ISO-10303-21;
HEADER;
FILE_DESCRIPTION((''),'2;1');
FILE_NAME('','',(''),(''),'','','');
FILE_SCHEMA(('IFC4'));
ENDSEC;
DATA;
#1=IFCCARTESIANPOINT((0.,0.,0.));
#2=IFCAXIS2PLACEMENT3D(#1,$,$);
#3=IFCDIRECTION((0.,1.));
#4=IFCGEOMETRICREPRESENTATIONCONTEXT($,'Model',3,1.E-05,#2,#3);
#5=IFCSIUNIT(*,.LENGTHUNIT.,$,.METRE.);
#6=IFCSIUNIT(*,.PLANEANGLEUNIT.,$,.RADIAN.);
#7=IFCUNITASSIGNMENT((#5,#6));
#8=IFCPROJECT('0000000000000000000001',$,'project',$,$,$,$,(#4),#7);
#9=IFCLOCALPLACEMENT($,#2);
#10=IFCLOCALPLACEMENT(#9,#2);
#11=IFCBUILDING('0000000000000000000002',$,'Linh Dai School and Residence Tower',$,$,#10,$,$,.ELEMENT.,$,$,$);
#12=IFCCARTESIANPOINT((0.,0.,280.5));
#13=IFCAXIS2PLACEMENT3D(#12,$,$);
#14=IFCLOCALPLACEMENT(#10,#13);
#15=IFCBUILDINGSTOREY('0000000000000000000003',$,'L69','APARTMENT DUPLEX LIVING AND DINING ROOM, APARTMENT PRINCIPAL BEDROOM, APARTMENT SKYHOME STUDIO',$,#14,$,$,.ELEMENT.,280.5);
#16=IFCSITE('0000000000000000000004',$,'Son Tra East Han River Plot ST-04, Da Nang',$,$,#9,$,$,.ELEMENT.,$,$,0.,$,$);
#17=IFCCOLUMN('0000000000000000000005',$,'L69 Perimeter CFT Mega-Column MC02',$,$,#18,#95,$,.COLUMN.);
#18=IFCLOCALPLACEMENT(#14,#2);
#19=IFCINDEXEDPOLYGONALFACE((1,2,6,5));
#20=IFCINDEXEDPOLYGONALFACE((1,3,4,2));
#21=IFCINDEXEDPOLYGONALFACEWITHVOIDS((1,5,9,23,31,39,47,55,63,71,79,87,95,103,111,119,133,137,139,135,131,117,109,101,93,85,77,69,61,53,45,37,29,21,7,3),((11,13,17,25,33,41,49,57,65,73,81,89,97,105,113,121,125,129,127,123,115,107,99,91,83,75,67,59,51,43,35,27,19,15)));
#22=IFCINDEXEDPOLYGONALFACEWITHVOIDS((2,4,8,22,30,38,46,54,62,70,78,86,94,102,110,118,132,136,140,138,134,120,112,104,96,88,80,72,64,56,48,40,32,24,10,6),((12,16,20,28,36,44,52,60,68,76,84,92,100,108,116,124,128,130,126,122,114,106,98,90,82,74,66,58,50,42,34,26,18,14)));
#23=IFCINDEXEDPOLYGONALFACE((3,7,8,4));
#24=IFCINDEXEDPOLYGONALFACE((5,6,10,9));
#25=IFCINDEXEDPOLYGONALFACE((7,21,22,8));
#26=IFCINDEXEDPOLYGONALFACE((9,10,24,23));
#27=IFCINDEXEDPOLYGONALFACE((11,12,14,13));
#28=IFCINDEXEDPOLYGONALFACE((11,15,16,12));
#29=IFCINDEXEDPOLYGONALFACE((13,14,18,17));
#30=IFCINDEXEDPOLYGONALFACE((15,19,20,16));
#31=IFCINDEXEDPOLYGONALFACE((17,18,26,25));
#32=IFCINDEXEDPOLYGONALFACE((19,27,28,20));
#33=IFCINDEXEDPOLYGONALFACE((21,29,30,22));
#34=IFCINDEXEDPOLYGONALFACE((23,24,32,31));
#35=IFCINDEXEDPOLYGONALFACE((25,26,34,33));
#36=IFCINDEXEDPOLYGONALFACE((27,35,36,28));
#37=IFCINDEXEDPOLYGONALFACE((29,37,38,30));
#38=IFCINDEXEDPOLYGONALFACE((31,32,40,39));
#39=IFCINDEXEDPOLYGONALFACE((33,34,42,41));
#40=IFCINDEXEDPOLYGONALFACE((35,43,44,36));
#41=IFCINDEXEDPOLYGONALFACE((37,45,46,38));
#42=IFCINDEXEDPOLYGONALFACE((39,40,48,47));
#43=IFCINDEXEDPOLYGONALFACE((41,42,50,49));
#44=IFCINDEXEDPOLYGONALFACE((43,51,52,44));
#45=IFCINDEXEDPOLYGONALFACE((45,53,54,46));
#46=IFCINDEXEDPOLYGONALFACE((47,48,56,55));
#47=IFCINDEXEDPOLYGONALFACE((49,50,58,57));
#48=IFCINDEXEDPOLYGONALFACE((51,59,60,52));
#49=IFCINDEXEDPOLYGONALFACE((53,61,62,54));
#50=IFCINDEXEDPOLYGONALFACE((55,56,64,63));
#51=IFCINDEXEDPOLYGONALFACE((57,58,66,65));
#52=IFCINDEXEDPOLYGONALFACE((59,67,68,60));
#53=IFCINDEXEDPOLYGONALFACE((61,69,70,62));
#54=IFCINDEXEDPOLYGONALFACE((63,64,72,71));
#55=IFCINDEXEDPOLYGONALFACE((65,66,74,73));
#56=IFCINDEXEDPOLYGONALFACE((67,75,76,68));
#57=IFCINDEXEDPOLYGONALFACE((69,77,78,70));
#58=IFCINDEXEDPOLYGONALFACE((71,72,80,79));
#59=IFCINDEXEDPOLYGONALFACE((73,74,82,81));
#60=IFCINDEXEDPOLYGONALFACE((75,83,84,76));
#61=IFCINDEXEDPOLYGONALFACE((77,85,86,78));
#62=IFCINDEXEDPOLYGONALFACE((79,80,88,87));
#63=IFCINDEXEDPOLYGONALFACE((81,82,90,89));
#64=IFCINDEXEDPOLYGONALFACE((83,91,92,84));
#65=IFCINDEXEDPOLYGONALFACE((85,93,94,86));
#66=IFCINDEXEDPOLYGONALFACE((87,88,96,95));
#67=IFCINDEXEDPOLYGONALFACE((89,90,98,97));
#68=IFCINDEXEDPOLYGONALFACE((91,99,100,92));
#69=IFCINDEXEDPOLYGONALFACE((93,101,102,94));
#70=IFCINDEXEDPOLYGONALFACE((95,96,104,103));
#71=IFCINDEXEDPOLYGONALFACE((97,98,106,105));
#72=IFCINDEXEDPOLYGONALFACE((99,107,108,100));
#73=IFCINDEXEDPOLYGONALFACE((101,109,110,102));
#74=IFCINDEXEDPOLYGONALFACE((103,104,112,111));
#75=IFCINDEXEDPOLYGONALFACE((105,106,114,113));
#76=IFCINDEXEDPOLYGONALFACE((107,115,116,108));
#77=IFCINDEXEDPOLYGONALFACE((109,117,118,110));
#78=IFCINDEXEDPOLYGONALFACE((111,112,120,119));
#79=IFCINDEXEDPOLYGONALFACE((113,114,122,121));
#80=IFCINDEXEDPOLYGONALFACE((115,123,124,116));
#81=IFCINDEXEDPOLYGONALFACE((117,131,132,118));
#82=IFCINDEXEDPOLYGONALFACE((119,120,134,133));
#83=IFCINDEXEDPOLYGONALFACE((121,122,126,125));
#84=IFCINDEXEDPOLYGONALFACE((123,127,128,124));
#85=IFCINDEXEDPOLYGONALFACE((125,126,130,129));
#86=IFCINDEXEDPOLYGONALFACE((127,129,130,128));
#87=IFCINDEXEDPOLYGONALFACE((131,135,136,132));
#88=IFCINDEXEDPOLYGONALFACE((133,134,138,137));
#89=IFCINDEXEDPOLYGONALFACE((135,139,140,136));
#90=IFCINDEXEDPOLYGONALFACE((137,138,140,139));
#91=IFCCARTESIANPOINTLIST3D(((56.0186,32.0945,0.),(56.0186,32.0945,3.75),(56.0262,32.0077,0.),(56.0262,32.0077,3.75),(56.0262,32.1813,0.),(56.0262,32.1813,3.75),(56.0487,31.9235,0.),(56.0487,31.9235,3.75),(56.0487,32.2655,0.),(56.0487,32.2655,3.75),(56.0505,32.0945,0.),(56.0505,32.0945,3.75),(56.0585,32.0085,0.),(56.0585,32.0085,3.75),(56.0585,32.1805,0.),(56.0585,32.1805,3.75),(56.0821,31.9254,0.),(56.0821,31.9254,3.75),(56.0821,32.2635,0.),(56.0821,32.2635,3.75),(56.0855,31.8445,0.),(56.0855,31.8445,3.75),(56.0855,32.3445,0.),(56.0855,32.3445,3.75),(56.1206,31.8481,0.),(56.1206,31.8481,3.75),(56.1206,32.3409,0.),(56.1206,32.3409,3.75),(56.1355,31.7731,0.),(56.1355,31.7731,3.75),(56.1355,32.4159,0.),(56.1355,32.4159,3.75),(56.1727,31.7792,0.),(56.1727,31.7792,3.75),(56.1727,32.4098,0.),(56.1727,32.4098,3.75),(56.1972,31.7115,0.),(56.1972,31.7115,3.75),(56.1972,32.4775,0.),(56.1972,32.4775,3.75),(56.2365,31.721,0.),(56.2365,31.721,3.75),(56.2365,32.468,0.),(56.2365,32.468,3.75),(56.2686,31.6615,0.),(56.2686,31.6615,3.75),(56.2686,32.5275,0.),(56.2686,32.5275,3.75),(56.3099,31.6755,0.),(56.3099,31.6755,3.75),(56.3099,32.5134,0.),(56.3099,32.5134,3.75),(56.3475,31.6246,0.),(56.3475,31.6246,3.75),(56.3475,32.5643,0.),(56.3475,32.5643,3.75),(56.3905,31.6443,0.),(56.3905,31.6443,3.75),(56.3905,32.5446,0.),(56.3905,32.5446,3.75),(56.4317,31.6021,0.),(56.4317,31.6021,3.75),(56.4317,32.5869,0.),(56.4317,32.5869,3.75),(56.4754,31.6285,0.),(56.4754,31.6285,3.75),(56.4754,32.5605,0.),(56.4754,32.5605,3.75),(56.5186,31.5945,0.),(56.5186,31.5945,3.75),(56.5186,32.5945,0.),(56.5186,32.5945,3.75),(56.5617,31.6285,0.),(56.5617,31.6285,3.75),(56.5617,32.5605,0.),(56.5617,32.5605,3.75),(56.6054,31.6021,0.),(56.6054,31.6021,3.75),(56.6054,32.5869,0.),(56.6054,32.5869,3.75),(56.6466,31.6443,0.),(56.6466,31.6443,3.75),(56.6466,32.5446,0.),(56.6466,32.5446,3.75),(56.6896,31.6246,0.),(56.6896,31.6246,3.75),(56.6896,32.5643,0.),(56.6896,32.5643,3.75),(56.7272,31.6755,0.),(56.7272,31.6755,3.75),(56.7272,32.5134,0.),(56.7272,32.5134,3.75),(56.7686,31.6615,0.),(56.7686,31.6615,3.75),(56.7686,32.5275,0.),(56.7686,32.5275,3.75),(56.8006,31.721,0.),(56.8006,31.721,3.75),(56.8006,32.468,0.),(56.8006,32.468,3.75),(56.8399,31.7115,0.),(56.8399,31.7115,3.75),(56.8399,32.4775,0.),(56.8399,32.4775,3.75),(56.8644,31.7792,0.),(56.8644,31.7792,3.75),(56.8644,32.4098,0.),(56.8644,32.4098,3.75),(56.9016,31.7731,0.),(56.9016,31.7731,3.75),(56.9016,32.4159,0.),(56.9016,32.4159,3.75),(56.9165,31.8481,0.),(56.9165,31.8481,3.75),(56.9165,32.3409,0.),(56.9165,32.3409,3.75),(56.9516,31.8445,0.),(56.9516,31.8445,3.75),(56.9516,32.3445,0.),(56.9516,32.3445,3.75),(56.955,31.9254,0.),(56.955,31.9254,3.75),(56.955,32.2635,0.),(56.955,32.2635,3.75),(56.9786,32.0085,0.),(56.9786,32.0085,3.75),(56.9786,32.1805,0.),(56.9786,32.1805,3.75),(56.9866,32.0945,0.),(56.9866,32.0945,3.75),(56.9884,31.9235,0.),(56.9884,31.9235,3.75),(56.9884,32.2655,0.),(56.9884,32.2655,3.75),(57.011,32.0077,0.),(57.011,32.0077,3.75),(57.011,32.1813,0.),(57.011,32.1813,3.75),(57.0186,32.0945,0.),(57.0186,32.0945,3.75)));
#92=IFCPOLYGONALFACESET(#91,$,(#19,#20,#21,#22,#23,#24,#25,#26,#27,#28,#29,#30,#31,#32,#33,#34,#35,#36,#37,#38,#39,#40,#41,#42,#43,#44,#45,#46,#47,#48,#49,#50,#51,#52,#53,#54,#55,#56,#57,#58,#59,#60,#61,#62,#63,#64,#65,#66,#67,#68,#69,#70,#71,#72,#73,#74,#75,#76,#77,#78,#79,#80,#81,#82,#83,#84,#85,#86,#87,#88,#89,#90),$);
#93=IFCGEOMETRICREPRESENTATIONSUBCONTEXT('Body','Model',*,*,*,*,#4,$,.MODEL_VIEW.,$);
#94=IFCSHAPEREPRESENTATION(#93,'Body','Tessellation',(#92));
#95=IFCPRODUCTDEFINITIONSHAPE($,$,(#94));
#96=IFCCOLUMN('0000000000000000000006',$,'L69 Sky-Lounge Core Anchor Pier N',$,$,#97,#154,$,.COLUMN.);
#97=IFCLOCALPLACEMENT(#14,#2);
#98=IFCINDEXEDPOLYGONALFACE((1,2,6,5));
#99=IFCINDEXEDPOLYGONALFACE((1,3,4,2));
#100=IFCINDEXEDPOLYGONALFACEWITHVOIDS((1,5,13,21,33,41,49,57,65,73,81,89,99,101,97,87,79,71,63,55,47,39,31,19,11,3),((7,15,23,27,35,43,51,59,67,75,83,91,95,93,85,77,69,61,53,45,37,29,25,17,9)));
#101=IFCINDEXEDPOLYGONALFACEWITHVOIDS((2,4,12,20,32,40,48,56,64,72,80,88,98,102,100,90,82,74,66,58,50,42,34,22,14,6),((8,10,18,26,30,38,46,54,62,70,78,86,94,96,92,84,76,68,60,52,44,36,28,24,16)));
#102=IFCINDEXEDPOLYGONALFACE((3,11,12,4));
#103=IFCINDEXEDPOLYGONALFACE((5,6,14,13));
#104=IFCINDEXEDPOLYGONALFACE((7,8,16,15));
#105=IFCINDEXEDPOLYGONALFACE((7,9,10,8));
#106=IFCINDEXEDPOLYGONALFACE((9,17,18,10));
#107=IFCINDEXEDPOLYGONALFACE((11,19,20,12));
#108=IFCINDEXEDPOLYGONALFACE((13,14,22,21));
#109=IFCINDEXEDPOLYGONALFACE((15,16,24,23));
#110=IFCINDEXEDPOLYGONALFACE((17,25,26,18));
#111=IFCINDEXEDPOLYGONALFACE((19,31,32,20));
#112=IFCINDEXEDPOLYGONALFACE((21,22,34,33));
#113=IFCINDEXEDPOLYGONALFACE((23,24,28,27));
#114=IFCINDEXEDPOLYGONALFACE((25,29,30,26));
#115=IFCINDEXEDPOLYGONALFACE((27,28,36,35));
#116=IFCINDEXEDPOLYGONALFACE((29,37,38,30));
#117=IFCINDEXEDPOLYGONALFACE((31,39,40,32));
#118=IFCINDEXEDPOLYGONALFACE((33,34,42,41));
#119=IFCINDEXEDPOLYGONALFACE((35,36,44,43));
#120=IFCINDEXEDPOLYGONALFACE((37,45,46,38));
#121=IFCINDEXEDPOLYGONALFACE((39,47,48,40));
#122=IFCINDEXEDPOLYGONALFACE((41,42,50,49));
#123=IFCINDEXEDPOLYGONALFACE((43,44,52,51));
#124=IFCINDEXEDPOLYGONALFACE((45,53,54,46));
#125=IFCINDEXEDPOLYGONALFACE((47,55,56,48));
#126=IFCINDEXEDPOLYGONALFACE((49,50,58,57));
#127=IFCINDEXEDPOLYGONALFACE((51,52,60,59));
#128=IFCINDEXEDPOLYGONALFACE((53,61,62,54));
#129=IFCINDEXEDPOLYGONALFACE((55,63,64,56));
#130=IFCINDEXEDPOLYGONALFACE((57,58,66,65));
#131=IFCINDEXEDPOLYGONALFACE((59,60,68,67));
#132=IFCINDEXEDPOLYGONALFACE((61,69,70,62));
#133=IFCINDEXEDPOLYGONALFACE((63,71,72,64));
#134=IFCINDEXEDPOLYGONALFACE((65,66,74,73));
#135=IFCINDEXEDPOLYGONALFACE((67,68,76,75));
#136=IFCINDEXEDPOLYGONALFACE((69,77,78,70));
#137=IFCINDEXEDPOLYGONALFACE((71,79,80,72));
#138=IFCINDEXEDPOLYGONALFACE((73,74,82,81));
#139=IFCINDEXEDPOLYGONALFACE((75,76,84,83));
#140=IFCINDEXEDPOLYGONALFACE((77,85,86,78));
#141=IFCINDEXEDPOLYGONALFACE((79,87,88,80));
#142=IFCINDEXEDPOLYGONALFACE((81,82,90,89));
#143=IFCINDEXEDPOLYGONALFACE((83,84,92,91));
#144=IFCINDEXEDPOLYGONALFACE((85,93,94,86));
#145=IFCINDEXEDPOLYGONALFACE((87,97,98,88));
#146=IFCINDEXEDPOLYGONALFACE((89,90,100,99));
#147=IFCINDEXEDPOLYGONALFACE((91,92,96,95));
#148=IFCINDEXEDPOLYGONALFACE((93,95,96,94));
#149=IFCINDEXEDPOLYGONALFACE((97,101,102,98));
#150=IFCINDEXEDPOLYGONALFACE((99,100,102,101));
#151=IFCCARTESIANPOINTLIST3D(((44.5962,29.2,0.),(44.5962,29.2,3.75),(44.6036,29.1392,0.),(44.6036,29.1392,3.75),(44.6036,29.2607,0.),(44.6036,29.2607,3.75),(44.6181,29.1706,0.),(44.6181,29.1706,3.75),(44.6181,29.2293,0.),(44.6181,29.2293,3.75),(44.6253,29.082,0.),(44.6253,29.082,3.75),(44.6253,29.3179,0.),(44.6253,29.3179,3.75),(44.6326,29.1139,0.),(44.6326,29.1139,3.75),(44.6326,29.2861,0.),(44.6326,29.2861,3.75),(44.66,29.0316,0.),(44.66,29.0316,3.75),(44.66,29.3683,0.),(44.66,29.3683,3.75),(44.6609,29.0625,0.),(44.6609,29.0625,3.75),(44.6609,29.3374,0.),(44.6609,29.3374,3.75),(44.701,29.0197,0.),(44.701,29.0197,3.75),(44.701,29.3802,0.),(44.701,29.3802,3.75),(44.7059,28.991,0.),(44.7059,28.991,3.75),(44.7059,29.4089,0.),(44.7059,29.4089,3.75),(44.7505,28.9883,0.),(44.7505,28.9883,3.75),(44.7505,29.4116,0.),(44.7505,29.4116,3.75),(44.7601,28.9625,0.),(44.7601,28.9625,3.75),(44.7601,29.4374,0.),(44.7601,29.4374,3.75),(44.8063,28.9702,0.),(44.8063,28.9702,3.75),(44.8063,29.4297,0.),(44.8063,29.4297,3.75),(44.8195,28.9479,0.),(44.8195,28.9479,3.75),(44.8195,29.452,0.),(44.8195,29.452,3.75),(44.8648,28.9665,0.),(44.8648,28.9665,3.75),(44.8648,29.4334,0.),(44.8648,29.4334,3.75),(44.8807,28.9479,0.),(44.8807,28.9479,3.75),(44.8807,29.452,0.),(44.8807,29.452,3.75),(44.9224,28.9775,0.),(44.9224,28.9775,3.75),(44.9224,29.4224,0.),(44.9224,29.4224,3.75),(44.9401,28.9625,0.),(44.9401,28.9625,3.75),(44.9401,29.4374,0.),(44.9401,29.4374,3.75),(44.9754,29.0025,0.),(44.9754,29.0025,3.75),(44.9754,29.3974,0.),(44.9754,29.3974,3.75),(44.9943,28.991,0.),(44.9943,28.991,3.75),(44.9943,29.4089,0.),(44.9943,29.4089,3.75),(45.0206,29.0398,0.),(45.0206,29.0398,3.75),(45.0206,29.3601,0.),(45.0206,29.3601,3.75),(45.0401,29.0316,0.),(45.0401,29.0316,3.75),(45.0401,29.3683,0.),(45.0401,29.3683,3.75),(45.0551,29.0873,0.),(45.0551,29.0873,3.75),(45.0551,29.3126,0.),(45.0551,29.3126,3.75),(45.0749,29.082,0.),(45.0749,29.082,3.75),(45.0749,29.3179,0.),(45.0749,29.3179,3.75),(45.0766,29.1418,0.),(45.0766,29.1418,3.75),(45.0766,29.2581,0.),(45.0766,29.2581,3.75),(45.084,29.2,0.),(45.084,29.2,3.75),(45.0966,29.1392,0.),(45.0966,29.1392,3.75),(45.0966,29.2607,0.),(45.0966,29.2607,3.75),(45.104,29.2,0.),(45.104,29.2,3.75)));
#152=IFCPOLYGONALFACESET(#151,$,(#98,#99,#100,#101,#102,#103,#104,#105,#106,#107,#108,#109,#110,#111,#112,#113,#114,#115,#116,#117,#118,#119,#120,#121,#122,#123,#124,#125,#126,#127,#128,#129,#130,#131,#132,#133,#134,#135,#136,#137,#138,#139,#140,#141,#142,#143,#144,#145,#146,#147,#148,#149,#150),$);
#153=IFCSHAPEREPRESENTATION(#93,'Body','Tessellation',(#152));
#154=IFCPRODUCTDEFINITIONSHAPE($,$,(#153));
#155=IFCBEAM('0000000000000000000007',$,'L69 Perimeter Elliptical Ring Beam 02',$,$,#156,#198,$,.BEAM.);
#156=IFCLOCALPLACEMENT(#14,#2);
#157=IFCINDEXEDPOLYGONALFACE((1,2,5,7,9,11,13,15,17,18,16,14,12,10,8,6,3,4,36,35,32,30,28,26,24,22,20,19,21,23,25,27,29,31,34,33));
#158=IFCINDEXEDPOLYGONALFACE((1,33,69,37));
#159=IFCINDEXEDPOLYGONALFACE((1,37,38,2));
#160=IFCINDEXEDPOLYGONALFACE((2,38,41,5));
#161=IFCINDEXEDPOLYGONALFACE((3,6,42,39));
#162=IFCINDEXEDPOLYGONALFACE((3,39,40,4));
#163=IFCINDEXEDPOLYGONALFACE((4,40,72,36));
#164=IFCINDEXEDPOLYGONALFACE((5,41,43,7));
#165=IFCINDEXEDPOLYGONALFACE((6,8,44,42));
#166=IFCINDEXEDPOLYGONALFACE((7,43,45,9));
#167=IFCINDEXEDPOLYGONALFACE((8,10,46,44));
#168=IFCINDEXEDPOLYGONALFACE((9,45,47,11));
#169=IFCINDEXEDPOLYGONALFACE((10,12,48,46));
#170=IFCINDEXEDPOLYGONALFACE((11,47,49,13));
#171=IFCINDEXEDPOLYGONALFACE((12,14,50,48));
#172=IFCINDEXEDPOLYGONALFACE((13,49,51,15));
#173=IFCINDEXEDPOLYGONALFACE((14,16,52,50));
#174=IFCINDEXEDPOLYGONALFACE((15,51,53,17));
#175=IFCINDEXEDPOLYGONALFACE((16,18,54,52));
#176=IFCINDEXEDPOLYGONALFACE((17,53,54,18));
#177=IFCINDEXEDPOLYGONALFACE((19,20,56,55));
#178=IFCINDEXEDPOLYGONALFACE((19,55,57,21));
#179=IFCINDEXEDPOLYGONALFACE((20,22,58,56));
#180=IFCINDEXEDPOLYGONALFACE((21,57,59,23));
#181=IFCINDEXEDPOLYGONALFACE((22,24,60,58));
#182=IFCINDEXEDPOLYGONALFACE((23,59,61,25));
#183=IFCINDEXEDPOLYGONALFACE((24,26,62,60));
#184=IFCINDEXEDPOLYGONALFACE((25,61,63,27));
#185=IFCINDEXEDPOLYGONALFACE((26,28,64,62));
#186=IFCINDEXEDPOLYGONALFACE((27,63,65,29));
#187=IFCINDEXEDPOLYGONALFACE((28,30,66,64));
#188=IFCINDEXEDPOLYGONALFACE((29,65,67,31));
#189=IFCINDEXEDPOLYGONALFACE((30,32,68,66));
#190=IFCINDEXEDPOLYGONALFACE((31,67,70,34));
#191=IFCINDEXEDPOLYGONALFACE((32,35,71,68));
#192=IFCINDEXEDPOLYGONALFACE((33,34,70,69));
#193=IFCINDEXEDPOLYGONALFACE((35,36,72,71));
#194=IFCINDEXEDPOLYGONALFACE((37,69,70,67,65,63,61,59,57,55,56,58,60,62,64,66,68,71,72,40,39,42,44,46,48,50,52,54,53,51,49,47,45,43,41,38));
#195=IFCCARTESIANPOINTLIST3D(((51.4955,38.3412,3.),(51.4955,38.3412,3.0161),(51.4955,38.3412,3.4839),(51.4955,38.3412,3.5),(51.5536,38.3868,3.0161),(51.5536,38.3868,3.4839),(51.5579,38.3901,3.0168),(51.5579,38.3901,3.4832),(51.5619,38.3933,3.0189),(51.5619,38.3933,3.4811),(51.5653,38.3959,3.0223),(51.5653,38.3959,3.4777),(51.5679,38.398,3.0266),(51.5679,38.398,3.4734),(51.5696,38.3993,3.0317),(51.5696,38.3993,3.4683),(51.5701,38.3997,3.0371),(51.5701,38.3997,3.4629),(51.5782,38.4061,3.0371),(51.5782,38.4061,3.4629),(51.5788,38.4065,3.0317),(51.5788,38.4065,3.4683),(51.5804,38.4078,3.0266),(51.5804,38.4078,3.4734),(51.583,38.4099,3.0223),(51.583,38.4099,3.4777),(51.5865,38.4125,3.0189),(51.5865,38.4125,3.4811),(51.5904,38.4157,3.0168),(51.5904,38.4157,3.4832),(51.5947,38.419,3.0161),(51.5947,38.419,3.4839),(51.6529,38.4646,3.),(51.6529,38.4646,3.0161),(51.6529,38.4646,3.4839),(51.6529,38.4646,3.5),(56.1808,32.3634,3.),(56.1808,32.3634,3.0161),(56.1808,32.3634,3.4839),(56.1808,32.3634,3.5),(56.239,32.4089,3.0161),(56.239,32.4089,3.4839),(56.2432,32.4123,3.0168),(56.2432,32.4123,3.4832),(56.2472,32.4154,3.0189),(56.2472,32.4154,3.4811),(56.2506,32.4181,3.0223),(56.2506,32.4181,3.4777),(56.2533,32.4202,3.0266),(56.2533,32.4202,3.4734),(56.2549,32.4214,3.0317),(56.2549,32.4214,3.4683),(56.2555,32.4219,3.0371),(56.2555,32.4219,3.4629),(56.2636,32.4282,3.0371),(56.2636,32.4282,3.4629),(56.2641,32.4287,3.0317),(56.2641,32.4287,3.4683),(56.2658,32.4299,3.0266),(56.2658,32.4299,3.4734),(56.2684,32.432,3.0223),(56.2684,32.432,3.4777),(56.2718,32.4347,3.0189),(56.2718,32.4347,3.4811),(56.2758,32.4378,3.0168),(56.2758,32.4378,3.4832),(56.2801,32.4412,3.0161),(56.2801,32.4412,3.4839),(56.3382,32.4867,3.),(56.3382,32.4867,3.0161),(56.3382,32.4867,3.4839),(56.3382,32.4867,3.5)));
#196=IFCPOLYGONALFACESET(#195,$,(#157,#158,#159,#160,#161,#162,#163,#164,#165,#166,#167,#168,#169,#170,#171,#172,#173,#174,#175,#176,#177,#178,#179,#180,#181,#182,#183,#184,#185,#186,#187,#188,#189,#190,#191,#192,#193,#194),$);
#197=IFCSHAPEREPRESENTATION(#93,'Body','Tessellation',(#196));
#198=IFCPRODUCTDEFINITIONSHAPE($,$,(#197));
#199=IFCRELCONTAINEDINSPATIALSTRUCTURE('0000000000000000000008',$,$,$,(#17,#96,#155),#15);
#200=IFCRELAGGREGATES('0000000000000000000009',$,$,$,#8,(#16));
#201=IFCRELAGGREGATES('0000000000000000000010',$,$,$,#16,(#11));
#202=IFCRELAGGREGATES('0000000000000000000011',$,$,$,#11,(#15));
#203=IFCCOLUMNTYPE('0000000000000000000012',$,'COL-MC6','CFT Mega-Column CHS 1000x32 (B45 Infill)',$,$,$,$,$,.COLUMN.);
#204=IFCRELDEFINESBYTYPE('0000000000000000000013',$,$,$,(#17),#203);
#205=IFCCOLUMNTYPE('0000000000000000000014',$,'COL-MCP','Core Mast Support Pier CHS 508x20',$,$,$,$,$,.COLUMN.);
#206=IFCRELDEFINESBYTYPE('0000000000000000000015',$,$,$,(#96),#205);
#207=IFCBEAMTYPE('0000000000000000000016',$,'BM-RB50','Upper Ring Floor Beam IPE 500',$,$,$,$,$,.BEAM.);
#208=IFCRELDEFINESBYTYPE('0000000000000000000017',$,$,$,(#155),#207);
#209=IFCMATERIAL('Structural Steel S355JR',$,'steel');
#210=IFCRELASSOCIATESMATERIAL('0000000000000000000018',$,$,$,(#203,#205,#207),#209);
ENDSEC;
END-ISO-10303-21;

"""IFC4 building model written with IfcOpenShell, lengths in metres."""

from ifc_helpers import new_model, si_unit, direction, frame, origin, origin_2d, place, context, subcontext, project, spatial, hollow_circle, i_section, extrude, material, material_profile, profile_set, type_object, element, save


model = new_model("IFC4")

# Units and contexts
model_context = context("Model", 3, precision=1e-05, world=origin(), true_north=direction((0.0, 1.0)))
body_context = subcontext(model_context, "Body", "Model", "MODEL_VIEW")
ifc_project = project(units=[si_unit("LENGTHUNIT", "METRE"), si_unit("PLANEANGLEUNIT", "RADIAN")], contexts=[model_context])

# Site, building, storey
site_placement = place(None, origin())
site = spatial("IfcSite", under=ifc_project, at=site_placement, Name="Son Tra East Han River Plot ST-04, Da Nang", CompositionType="ELEMENT", RefElevation=0.0)
building_placement = place(site_placement, origin())
building = spatial("IfcBuilding", under=site, at=building_placement, Name="Linh Dai School and Residence Tower", CompositionType="ELEMENT")
storey_placement = place(building_placement, frame((0.0, 0.0, 280.5)))
storey = spatial("IfcBuildingStorey", under=building, at=storey_placement, Name="L69", Description="APARTMENT DUPLEX LIVING AND DINING ROOM, APARTMENT PRINCIPAL BEDROOM, APARTMENT SKYHOME STUDIO", CompositionType="ELEMENT", Elevation=280.5)

# Columns
ifc_material_1 = material(Name="Structural Steel S355JR", Category="steel")
ifc_material_profile_1 = material_profile(ifc_material_1, hollow_circle(Radius=0.5, WallThickness=0.032, at=origin_2d()), Name="CHS 1000x32")
ifc_profile_set_1 = profile_set([ifc_material_profile_1], Name="Structural Steel S355JR")
column_type_1 = type_object("IfcColumnType", Name="COL-MC6", Description="CFT Mega-Column CHS 1000x32 (B45 Infill)", PredefinedType="COLUMN", material=ifc_profile_set_1)
column_1_placement = place(storey_placement, frame((56.5186, 32.0945, 0.0), z_axis=(0.0, 0.0, 1.0), x_axis=(1.0, 0.0, 0.0)))
element("IfcColumn", 1, at=column_1_placement, inside=storey, type_object=column_type_1, Name="L69 Perimeter CFT Mega-Column MC02", PredefinedType="COLUMN", context=body_context, shape_type="SweptSolid", body=[
    extrude(hollow_circle(Radius=0.5, WallThickness=0.032, at=origin_2d()), origin(), (0.0, 0.0, 1.0), 3.75),
])
ifc_material_profile_2 = material_profile(ifc_material_1, hollow_circle(Radius=0.2539, WallThickness=0.02, at=origin_2d()), Name="CHS 508x20")
ifc_profile_set_2 = profile_set([ifc_material_profile_2], Name="Structural Steel S355JR")
column_type_2 = type_object("IfcColumnType", Name="COL-MCP", Description="Core Mast Support Pier CHS 508x20", PredefinedType="COLUMN", material=ifc_profile_set_2)
column_2_placement = place(storey_placement, frame((44.8501, 29.2, 0.0), z_axis=(0.0, 0.0, 1.0), x_axis=(1.0, 0.0, 0.0)))
element("IfcColumn", 2, at=column_2_placement, inside=storey, type_object=column_type_2, Name="L69 Sky-Lounge Core Anchor Pier N", PredefinedType="COLUMN", context=body_context, shape_type="SweptSolid", body=[
    extrude(hollow_circle(Radius=0.2539, WallThickness=0.02, at=origin_2d()), origin(), (0.0, 0.0, 1.0), 3.75),
])

# Beam
ifc_material_profile_3 = material_profile(ifc_material_1, i_section(OverallWidth=0.2, OverallDepth=0.5, WebThickness=0.0103, FlangeThickness=0.0161, FilletRadius=0.021, at=origin_2d()), Name="IPE 500")
ifc_profile_set_3 = profile_set([ifc_material_profile_3], Name="Structural Steel S355JR")
beam_type_1 = type_object("IfcBeamType", Name="BM-RB50", Description="Upper Ring Floor Beam IPE 500", PredefinedType="BEAM", material=ifc_profile_set_3)
beam_1_placement = place(storey_placement, frame((56.2595, 32.425, 3.25), z_axis=(-0.616883, 0.787055, 0.0), x_axis=(-0.787055, -0.616883, 0.0)))
element("IfcBeam", 3, at=beam_1_placement, inside=storey, type_object=beam_type_1, Name="L69 Perimeter Elliptical Ring Beam 02", PredefinedType="BEAM", context=body_context, shape_type="SweptSolid", body=[
    extrude(i_section(OverallWidth=0.2, OverallDepth=0.5, WebThickness=0.0103, FlangeThickness=0.0161, FilletRadius=0.021, at=origin_2d()), origin(), (0.0, 0.0, 1.0), 7.5952),
])

save(model, "model.ifc")
